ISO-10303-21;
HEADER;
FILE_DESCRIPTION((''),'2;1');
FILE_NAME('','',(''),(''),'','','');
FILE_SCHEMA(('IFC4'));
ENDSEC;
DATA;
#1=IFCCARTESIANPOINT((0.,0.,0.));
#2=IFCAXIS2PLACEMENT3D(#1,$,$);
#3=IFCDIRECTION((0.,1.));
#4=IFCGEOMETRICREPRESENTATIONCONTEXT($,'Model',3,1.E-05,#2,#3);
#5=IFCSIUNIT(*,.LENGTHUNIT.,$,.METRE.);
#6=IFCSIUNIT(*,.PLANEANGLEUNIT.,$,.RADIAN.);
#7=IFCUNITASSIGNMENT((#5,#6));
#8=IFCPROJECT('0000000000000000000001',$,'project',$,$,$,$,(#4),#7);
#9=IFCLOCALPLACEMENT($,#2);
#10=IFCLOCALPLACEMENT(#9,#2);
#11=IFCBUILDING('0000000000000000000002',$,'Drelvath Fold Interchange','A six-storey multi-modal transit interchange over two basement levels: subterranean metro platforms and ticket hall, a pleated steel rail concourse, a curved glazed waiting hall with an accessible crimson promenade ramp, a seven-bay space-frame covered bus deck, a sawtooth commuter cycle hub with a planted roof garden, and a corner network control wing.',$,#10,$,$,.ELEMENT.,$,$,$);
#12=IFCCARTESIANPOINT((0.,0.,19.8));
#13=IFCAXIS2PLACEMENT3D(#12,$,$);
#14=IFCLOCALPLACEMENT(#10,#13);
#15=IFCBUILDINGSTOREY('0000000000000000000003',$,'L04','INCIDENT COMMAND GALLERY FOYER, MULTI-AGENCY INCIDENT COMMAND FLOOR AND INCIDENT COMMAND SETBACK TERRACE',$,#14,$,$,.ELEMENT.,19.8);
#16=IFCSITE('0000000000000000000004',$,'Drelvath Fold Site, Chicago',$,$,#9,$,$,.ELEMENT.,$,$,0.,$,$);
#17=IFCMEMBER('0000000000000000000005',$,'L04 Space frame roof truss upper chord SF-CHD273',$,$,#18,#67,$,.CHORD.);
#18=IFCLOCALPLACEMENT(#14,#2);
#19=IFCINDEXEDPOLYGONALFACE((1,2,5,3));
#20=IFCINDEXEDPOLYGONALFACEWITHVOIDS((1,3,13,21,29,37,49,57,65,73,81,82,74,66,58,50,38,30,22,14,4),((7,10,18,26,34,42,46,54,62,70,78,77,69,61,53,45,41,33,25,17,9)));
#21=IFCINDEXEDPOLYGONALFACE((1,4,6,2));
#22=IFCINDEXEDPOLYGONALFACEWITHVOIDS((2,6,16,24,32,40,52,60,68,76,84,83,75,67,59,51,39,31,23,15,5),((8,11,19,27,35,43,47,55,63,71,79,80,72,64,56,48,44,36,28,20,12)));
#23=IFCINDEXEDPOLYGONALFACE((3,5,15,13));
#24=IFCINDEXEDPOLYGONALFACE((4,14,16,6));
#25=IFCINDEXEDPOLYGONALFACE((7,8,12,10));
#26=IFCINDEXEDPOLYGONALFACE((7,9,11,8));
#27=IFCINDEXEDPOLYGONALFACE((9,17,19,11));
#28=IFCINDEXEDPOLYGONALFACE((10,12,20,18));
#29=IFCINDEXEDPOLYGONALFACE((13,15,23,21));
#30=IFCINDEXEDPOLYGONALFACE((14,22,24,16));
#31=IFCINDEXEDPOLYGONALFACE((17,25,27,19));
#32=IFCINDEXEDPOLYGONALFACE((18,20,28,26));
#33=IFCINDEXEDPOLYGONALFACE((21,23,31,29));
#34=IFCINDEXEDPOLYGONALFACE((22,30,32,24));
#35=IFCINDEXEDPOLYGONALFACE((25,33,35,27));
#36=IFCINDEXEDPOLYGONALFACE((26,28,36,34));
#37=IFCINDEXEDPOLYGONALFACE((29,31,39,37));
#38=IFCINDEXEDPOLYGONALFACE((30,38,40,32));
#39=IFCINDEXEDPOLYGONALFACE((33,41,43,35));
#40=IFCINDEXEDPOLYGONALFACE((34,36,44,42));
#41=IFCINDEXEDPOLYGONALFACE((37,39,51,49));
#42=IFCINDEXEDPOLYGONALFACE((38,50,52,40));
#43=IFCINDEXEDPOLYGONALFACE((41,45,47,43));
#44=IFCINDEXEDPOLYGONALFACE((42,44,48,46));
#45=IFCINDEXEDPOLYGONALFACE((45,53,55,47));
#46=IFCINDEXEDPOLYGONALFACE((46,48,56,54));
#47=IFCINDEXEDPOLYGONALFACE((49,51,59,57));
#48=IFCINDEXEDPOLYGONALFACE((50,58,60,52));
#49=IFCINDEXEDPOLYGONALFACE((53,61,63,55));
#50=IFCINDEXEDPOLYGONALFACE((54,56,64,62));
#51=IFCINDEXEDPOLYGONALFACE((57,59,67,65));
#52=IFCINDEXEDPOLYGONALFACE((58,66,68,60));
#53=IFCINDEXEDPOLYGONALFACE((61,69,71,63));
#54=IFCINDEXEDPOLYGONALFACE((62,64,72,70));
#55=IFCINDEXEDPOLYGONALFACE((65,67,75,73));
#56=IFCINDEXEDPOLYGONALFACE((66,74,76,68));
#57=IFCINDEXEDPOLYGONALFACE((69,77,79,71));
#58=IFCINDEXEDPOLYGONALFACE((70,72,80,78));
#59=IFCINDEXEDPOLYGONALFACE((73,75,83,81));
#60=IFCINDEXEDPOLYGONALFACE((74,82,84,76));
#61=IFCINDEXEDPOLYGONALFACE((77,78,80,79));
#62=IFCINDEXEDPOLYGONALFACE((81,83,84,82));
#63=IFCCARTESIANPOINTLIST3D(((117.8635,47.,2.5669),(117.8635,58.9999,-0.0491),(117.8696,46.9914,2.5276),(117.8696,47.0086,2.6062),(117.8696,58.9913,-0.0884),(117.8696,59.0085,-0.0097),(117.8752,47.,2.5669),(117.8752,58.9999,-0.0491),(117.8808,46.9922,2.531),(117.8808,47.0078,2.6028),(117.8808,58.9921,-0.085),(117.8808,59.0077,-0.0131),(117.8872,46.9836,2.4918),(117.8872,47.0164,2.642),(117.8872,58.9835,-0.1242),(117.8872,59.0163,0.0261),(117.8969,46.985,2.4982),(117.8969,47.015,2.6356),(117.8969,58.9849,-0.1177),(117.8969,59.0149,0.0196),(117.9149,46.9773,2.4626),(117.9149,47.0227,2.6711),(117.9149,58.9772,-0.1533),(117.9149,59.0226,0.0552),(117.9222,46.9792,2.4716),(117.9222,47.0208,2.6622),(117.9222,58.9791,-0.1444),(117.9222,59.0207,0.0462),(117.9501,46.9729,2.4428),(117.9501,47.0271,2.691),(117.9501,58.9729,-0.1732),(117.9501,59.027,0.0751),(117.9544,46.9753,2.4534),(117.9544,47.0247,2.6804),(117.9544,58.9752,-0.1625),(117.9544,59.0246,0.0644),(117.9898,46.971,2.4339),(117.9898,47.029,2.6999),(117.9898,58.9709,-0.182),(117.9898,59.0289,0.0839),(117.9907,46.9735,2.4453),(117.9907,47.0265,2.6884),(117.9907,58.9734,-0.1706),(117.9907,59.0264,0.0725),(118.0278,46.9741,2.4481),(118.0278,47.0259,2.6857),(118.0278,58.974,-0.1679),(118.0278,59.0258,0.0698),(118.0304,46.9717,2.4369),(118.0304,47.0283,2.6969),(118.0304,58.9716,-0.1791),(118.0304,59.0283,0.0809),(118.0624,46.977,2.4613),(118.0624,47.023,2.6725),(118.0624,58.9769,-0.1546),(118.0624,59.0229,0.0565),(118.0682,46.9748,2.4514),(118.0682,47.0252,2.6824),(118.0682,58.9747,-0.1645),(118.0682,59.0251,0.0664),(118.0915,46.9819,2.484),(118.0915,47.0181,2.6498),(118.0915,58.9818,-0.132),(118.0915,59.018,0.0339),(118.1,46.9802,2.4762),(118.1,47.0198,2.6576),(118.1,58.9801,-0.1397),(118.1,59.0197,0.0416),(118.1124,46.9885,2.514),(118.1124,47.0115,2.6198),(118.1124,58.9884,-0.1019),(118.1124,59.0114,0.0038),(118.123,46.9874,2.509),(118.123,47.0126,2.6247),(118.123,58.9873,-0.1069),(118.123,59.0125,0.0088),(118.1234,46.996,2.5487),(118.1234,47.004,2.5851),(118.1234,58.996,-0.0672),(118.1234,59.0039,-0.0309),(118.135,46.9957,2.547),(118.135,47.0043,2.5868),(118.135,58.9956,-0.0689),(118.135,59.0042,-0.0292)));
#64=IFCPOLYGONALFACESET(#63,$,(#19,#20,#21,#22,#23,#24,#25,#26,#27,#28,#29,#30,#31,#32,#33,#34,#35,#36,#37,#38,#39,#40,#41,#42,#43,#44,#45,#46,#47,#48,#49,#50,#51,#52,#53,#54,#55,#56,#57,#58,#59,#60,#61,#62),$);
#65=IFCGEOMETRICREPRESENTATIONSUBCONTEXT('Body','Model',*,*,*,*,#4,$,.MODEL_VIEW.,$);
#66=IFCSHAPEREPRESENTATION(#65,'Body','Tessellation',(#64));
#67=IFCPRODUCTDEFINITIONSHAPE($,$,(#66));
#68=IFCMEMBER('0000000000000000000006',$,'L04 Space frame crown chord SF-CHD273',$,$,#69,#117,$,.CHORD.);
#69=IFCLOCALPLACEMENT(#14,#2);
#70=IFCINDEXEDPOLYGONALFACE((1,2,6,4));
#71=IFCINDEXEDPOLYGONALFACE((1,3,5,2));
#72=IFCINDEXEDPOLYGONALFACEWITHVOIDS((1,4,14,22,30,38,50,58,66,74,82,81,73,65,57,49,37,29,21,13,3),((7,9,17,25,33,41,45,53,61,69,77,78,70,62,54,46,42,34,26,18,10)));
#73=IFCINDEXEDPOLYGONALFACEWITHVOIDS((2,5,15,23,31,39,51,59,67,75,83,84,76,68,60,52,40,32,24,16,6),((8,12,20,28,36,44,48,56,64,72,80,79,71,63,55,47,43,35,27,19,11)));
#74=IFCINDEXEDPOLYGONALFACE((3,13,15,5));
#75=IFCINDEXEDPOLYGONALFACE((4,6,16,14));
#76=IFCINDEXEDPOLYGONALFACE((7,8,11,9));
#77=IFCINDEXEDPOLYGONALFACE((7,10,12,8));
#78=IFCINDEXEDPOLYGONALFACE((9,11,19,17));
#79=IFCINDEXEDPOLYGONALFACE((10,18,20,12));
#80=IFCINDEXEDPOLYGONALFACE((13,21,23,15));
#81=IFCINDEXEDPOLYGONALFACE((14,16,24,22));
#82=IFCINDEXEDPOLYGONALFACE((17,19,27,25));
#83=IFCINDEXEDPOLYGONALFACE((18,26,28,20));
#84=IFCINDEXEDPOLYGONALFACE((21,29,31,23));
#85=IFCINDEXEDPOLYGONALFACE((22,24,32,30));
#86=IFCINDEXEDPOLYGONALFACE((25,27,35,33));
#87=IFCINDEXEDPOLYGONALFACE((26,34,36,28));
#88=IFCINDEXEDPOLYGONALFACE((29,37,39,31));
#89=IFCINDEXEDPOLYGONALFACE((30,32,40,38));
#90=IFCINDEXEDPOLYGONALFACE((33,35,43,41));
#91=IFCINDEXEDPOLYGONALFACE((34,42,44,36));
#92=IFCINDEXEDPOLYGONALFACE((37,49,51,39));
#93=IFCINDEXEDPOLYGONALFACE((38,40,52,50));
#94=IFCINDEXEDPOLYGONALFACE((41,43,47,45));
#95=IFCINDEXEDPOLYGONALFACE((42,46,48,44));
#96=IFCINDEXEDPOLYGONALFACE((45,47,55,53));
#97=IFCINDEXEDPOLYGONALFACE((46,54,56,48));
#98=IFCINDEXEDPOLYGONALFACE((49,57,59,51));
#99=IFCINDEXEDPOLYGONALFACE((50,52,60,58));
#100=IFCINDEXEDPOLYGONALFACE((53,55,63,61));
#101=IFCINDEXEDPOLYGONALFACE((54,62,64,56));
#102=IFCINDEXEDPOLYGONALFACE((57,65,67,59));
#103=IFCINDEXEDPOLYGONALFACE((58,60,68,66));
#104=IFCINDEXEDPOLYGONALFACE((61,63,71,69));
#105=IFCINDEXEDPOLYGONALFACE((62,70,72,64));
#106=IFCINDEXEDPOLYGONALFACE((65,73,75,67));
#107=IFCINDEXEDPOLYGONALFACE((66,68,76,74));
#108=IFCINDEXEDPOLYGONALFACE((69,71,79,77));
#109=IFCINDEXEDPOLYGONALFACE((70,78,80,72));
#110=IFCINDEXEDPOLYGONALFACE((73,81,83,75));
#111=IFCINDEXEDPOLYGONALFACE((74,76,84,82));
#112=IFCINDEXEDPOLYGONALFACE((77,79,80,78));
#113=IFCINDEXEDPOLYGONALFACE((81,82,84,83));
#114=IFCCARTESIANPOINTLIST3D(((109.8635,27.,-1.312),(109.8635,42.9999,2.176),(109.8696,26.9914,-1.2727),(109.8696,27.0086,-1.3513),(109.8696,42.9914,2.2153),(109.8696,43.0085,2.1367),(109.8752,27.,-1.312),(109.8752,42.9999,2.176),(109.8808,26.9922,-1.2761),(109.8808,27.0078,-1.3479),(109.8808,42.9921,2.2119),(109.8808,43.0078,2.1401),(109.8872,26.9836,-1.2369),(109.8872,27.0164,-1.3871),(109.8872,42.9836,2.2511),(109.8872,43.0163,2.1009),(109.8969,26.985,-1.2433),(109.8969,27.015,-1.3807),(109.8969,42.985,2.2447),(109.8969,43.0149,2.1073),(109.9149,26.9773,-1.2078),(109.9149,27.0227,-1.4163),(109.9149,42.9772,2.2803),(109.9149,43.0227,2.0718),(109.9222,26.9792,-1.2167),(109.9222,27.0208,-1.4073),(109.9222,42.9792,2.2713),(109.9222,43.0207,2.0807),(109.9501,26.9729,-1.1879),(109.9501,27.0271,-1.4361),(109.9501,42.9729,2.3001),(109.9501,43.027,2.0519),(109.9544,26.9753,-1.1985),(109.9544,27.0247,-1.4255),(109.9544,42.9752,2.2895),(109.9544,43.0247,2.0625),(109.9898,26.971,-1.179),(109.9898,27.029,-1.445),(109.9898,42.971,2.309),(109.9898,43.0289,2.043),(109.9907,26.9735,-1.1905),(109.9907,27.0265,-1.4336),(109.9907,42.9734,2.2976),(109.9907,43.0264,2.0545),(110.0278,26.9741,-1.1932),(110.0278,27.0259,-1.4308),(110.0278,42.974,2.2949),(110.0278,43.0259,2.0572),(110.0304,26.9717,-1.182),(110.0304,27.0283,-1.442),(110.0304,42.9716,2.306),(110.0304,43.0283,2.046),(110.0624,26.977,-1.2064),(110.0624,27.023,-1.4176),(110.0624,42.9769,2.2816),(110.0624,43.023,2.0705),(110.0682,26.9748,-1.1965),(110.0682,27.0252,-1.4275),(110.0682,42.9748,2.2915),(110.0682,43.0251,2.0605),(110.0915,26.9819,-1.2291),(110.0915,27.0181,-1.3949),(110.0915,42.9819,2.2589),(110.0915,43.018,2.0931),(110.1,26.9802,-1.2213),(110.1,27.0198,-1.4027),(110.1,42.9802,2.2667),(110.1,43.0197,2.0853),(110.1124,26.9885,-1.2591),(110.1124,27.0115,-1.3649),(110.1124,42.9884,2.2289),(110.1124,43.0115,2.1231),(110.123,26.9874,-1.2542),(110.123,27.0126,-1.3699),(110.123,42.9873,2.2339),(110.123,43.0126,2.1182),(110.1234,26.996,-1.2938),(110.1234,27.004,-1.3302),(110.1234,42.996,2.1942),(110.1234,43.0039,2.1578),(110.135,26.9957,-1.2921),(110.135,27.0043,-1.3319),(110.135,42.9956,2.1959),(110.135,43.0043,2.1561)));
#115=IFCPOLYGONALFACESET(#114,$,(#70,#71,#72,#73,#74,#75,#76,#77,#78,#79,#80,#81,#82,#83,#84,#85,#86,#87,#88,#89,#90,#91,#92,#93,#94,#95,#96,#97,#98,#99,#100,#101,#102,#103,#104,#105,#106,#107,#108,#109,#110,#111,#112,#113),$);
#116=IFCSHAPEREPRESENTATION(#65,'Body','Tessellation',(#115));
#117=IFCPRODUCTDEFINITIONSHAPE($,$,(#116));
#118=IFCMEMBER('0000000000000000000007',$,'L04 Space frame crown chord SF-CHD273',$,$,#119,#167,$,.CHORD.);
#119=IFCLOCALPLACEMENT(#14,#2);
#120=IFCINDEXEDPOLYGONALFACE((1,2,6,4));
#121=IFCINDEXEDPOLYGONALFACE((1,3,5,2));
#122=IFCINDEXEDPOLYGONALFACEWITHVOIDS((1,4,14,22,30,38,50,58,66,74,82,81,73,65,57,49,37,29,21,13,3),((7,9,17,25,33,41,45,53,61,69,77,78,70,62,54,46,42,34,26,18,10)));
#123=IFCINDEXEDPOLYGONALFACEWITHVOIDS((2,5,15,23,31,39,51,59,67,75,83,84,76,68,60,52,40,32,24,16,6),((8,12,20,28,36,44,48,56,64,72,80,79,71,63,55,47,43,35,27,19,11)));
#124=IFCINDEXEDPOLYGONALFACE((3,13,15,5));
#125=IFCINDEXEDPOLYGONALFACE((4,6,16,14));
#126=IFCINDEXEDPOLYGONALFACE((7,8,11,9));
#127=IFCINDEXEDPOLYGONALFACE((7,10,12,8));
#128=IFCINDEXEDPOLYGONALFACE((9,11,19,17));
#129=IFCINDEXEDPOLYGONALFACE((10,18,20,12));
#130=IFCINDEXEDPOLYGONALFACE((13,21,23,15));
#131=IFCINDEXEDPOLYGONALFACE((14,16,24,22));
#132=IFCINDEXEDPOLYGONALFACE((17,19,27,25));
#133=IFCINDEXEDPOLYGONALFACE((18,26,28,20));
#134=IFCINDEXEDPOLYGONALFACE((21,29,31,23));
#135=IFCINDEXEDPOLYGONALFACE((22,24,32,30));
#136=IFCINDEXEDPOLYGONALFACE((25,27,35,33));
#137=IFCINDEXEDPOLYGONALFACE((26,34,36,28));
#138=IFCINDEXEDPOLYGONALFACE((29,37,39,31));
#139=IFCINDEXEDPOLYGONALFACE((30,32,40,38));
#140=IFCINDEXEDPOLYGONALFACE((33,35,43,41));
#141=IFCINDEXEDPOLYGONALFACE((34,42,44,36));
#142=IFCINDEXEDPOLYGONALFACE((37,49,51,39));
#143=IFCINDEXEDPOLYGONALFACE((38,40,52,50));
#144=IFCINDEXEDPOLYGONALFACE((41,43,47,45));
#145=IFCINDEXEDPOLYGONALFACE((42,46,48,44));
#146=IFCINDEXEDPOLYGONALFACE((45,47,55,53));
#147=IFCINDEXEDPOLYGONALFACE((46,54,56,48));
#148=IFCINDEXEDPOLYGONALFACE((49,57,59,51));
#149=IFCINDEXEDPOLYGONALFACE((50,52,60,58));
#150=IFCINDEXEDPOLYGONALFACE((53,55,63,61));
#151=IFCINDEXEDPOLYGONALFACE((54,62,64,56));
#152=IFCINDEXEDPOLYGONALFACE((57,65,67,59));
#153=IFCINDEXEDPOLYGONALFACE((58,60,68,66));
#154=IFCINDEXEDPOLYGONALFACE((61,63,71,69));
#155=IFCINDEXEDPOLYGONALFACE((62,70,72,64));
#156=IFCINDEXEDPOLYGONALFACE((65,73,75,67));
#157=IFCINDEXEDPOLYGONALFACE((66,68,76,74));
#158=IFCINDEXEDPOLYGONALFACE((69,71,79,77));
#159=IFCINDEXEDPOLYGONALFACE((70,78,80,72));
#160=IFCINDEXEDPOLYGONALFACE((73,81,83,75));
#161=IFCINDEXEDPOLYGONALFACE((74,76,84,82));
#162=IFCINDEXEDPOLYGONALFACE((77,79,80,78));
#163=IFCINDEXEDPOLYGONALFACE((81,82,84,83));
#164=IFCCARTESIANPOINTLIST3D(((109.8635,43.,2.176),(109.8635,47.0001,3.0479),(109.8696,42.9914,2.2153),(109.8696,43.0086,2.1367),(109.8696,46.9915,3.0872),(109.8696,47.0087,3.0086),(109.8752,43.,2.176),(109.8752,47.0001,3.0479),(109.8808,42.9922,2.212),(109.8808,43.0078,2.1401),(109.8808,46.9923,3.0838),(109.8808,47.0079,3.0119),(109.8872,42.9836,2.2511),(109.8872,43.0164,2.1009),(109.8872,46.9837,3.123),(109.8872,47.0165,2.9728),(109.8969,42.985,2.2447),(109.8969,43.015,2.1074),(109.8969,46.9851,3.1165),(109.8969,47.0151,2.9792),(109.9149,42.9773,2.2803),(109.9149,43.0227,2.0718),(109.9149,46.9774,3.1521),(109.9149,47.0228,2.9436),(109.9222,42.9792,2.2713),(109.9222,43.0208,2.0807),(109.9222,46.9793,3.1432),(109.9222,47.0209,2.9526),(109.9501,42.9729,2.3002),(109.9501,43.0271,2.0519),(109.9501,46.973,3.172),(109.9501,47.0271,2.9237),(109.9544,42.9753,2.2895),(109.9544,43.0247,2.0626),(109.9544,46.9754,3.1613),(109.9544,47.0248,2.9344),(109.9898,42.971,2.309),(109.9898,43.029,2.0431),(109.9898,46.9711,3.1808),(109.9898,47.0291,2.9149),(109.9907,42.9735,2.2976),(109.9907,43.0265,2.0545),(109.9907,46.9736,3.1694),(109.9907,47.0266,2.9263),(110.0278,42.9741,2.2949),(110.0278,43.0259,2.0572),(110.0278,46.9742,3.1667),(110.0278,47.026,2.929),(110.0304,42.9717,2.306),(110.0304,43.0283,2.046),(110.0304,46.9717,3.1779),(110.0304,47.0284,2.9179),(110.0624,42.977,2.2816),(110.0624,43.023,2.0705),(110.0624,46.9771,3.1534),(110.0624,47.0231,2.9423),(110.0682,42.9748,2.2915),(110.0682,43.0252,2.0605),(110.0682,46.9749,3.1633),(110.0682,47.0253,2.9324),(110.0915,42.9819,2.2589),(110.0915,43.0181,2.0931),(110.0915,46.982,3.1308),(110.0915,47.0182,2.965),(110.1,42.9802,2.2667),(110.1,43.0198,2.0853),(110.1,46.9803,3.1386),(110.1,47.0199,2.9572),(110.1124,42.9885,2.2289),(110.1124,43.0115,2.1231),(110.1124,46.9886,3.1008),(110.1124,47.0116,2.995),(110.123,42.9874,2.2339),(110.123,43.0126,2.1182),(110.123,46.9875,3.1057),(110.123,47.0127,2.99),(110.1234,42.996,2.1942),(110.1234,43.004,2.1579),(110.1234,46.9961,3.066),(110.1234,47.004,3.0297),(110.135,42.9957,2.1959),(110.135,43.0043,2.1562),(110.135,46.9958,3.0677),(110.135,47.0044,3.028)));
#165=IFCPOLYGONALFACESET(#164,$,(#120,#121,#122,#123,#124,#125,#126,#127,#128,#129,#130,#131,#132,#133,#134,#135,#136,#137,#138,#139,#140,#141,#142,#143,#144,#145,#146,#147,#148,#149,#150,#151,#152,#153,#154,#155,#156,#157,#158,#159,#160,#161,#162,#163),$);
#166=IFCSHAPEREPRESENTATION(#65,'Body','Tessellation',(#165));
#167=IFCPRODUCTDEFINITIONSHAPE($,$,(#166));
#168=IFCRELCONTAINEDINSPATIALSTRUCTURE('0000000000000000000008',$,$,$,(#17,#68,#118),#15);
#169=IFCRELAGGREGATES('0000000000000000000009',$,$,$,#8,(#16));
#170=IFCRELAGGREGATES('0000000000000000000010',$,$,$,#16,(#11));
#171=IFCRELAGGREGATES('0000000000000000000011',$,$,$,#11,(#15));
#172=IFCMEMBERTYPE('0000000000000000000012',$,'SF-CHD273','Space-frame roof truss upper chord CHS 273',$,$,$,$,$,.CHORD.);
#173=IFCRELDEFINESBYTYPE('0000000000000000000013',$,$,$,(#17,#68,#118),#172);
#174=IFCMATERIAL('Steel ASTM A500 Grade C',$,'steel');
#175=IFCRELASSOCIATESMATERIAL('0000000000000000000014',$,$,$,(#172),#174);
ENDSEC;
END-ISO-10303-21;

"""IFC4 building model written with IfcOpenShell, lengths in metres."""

from ifc_helpers import new_model, si_unit, direction, frame, origin, origin_2d, place, context, subcontext, project, spatial, hollow_circle, extrude, material, material_profile, profile_set, type_object, element, save


model = new_model("IFC4")

# Units and contexts
model_context = context("Model", 3, precision=1e-05, world=origin(), true_north=direction((0.0, 1.0)))
body_context = subcontext(model_context, "Body", "Model", "MODEL_VIEW")
ifc_project = project(units=[si_unit("LENGTHUNIT", "METRE"), si_unit("PLANEANGLEUNIT", "RADIAN")], contexts=[model_context])

# Site, building, storey
site_placement = place(None, origin())
site = spatial("IfcSite", under=ifc_project, at=site_placement, Name="Drelvath Fold Site, Chicago", CompositionType="ELEMENT", RefElevation=0.0)
building_placement = place(site_placement, origin())
building = spatial("IfcBuilding", under=site, at=building_placement, Name="Drelvath Fold Interchange", Description="A six-storey multi-modal transit interchange over two basement levels: subterranean metro platforms and ticket hall, a pleated steel rail concourse, a curved glazed waiting hall with an accessible crimson promenade ramp, a seven-bay space-frame covered bus deck, a sawtooth commuter cycle hub with a planted roof garden, and a corner network control wing.", CompositionType="ELEMENT")
storey_placement = place(building_placement, frame((0.0, 0.0, 19.8)))
storey = spatial("IfcBuildingStorey", under=building, at=storey_placement, Name="L04", Description="INCIDENT COMMAND GALLERY FOYER, MULTI-AGENCY INCIDENT COMMAND FLOOR AND INCIDENT COMMAND SETBACK TERRACE", CompositionType="ELEMENT", Elevation=19.8)

# Members
ifc_material_1 = material(Name="Steel ASTM A500 Grade C", Category="steel")
ifc_material_profile_1 = material_profile(ifc_material_1, hollow_circle(Radius=0.1365, WallThickness=0.0117, at=origin_2d()), Name="HSS10.750X0.500")
ifc_profile_set_1 = profile_set([ifc_material_profile_1], Name="Steel ASTM A500 Grade C")
member_type_1 = type_object("IfcMemberType", Name="SF-CHD273", Description="Space-frame roof truss upper chord CHS 273", PredefinedType="CHORD", material=ifc_profile_set_1)
member_1_placement = place(storey_placement, frame((118.0, 47.0, 2.5669), z_axis=(0.0, 0.977053, -0.212995), x_axis=(-1.0, 0.0, 0.0)))
element("IfcMember", 1, at=member_1_placement, inside=storey, type_object=member_type_1, Name="L04 Space frame roof truss upper chord SF-CHD273", PredefinedType="CHORD", context=body_context, shape_type="SweptSolid", body=[
    extrude(hollow_circle(Radius=0.1365, WallThickness=0.0117, at=origin_2d()), origin(), (0.0, 0.0, 1.0), 12.2817),
])
member_2_placement = place(storey_placement, frame((110.0, 27.0, -1.312), z_axis=(0.0, 0.977052, 0.213), x_axis=(-1.0, 0.0, 0.0)))
element("IfcMember", 2, at=member_2_placement, inside=storey, type_object=member_type_1, Name="L04 Space frame crown chord SF-CHD273", PredefinedType="CHORD", context=body_context, shape_type="SweptSolid", body=[
    extrude(hollow_circle(Radius=0.1365, WallThickness=0.0117, at=origin_2d()), origin(), (0.0, 0.0, 1.0), 16.3757),
])
member_3_placement = place(storey_placement, frame((110.0, 43.0, 2.176), z_axis=(0.0, 0.977062, 0.212957), x_axis=(-1.0, 0.0, 0.0)))
element("IfcMember", 3, at=member_3_placement, inside=storey, type_object=member_type_1, Name="L04 Space frame crown chord SF-CHD273", PredefinedType="CHORD", context=body_context, shape_type="SweptSolid", body=[
    extrude(hollow_circle(Radius=0.1365, WallThickness=0.0117, at=origin_2d()), origin(), (0.0, 0.0, 1.0), 4.094),
])

save(model, "model.ifc")
